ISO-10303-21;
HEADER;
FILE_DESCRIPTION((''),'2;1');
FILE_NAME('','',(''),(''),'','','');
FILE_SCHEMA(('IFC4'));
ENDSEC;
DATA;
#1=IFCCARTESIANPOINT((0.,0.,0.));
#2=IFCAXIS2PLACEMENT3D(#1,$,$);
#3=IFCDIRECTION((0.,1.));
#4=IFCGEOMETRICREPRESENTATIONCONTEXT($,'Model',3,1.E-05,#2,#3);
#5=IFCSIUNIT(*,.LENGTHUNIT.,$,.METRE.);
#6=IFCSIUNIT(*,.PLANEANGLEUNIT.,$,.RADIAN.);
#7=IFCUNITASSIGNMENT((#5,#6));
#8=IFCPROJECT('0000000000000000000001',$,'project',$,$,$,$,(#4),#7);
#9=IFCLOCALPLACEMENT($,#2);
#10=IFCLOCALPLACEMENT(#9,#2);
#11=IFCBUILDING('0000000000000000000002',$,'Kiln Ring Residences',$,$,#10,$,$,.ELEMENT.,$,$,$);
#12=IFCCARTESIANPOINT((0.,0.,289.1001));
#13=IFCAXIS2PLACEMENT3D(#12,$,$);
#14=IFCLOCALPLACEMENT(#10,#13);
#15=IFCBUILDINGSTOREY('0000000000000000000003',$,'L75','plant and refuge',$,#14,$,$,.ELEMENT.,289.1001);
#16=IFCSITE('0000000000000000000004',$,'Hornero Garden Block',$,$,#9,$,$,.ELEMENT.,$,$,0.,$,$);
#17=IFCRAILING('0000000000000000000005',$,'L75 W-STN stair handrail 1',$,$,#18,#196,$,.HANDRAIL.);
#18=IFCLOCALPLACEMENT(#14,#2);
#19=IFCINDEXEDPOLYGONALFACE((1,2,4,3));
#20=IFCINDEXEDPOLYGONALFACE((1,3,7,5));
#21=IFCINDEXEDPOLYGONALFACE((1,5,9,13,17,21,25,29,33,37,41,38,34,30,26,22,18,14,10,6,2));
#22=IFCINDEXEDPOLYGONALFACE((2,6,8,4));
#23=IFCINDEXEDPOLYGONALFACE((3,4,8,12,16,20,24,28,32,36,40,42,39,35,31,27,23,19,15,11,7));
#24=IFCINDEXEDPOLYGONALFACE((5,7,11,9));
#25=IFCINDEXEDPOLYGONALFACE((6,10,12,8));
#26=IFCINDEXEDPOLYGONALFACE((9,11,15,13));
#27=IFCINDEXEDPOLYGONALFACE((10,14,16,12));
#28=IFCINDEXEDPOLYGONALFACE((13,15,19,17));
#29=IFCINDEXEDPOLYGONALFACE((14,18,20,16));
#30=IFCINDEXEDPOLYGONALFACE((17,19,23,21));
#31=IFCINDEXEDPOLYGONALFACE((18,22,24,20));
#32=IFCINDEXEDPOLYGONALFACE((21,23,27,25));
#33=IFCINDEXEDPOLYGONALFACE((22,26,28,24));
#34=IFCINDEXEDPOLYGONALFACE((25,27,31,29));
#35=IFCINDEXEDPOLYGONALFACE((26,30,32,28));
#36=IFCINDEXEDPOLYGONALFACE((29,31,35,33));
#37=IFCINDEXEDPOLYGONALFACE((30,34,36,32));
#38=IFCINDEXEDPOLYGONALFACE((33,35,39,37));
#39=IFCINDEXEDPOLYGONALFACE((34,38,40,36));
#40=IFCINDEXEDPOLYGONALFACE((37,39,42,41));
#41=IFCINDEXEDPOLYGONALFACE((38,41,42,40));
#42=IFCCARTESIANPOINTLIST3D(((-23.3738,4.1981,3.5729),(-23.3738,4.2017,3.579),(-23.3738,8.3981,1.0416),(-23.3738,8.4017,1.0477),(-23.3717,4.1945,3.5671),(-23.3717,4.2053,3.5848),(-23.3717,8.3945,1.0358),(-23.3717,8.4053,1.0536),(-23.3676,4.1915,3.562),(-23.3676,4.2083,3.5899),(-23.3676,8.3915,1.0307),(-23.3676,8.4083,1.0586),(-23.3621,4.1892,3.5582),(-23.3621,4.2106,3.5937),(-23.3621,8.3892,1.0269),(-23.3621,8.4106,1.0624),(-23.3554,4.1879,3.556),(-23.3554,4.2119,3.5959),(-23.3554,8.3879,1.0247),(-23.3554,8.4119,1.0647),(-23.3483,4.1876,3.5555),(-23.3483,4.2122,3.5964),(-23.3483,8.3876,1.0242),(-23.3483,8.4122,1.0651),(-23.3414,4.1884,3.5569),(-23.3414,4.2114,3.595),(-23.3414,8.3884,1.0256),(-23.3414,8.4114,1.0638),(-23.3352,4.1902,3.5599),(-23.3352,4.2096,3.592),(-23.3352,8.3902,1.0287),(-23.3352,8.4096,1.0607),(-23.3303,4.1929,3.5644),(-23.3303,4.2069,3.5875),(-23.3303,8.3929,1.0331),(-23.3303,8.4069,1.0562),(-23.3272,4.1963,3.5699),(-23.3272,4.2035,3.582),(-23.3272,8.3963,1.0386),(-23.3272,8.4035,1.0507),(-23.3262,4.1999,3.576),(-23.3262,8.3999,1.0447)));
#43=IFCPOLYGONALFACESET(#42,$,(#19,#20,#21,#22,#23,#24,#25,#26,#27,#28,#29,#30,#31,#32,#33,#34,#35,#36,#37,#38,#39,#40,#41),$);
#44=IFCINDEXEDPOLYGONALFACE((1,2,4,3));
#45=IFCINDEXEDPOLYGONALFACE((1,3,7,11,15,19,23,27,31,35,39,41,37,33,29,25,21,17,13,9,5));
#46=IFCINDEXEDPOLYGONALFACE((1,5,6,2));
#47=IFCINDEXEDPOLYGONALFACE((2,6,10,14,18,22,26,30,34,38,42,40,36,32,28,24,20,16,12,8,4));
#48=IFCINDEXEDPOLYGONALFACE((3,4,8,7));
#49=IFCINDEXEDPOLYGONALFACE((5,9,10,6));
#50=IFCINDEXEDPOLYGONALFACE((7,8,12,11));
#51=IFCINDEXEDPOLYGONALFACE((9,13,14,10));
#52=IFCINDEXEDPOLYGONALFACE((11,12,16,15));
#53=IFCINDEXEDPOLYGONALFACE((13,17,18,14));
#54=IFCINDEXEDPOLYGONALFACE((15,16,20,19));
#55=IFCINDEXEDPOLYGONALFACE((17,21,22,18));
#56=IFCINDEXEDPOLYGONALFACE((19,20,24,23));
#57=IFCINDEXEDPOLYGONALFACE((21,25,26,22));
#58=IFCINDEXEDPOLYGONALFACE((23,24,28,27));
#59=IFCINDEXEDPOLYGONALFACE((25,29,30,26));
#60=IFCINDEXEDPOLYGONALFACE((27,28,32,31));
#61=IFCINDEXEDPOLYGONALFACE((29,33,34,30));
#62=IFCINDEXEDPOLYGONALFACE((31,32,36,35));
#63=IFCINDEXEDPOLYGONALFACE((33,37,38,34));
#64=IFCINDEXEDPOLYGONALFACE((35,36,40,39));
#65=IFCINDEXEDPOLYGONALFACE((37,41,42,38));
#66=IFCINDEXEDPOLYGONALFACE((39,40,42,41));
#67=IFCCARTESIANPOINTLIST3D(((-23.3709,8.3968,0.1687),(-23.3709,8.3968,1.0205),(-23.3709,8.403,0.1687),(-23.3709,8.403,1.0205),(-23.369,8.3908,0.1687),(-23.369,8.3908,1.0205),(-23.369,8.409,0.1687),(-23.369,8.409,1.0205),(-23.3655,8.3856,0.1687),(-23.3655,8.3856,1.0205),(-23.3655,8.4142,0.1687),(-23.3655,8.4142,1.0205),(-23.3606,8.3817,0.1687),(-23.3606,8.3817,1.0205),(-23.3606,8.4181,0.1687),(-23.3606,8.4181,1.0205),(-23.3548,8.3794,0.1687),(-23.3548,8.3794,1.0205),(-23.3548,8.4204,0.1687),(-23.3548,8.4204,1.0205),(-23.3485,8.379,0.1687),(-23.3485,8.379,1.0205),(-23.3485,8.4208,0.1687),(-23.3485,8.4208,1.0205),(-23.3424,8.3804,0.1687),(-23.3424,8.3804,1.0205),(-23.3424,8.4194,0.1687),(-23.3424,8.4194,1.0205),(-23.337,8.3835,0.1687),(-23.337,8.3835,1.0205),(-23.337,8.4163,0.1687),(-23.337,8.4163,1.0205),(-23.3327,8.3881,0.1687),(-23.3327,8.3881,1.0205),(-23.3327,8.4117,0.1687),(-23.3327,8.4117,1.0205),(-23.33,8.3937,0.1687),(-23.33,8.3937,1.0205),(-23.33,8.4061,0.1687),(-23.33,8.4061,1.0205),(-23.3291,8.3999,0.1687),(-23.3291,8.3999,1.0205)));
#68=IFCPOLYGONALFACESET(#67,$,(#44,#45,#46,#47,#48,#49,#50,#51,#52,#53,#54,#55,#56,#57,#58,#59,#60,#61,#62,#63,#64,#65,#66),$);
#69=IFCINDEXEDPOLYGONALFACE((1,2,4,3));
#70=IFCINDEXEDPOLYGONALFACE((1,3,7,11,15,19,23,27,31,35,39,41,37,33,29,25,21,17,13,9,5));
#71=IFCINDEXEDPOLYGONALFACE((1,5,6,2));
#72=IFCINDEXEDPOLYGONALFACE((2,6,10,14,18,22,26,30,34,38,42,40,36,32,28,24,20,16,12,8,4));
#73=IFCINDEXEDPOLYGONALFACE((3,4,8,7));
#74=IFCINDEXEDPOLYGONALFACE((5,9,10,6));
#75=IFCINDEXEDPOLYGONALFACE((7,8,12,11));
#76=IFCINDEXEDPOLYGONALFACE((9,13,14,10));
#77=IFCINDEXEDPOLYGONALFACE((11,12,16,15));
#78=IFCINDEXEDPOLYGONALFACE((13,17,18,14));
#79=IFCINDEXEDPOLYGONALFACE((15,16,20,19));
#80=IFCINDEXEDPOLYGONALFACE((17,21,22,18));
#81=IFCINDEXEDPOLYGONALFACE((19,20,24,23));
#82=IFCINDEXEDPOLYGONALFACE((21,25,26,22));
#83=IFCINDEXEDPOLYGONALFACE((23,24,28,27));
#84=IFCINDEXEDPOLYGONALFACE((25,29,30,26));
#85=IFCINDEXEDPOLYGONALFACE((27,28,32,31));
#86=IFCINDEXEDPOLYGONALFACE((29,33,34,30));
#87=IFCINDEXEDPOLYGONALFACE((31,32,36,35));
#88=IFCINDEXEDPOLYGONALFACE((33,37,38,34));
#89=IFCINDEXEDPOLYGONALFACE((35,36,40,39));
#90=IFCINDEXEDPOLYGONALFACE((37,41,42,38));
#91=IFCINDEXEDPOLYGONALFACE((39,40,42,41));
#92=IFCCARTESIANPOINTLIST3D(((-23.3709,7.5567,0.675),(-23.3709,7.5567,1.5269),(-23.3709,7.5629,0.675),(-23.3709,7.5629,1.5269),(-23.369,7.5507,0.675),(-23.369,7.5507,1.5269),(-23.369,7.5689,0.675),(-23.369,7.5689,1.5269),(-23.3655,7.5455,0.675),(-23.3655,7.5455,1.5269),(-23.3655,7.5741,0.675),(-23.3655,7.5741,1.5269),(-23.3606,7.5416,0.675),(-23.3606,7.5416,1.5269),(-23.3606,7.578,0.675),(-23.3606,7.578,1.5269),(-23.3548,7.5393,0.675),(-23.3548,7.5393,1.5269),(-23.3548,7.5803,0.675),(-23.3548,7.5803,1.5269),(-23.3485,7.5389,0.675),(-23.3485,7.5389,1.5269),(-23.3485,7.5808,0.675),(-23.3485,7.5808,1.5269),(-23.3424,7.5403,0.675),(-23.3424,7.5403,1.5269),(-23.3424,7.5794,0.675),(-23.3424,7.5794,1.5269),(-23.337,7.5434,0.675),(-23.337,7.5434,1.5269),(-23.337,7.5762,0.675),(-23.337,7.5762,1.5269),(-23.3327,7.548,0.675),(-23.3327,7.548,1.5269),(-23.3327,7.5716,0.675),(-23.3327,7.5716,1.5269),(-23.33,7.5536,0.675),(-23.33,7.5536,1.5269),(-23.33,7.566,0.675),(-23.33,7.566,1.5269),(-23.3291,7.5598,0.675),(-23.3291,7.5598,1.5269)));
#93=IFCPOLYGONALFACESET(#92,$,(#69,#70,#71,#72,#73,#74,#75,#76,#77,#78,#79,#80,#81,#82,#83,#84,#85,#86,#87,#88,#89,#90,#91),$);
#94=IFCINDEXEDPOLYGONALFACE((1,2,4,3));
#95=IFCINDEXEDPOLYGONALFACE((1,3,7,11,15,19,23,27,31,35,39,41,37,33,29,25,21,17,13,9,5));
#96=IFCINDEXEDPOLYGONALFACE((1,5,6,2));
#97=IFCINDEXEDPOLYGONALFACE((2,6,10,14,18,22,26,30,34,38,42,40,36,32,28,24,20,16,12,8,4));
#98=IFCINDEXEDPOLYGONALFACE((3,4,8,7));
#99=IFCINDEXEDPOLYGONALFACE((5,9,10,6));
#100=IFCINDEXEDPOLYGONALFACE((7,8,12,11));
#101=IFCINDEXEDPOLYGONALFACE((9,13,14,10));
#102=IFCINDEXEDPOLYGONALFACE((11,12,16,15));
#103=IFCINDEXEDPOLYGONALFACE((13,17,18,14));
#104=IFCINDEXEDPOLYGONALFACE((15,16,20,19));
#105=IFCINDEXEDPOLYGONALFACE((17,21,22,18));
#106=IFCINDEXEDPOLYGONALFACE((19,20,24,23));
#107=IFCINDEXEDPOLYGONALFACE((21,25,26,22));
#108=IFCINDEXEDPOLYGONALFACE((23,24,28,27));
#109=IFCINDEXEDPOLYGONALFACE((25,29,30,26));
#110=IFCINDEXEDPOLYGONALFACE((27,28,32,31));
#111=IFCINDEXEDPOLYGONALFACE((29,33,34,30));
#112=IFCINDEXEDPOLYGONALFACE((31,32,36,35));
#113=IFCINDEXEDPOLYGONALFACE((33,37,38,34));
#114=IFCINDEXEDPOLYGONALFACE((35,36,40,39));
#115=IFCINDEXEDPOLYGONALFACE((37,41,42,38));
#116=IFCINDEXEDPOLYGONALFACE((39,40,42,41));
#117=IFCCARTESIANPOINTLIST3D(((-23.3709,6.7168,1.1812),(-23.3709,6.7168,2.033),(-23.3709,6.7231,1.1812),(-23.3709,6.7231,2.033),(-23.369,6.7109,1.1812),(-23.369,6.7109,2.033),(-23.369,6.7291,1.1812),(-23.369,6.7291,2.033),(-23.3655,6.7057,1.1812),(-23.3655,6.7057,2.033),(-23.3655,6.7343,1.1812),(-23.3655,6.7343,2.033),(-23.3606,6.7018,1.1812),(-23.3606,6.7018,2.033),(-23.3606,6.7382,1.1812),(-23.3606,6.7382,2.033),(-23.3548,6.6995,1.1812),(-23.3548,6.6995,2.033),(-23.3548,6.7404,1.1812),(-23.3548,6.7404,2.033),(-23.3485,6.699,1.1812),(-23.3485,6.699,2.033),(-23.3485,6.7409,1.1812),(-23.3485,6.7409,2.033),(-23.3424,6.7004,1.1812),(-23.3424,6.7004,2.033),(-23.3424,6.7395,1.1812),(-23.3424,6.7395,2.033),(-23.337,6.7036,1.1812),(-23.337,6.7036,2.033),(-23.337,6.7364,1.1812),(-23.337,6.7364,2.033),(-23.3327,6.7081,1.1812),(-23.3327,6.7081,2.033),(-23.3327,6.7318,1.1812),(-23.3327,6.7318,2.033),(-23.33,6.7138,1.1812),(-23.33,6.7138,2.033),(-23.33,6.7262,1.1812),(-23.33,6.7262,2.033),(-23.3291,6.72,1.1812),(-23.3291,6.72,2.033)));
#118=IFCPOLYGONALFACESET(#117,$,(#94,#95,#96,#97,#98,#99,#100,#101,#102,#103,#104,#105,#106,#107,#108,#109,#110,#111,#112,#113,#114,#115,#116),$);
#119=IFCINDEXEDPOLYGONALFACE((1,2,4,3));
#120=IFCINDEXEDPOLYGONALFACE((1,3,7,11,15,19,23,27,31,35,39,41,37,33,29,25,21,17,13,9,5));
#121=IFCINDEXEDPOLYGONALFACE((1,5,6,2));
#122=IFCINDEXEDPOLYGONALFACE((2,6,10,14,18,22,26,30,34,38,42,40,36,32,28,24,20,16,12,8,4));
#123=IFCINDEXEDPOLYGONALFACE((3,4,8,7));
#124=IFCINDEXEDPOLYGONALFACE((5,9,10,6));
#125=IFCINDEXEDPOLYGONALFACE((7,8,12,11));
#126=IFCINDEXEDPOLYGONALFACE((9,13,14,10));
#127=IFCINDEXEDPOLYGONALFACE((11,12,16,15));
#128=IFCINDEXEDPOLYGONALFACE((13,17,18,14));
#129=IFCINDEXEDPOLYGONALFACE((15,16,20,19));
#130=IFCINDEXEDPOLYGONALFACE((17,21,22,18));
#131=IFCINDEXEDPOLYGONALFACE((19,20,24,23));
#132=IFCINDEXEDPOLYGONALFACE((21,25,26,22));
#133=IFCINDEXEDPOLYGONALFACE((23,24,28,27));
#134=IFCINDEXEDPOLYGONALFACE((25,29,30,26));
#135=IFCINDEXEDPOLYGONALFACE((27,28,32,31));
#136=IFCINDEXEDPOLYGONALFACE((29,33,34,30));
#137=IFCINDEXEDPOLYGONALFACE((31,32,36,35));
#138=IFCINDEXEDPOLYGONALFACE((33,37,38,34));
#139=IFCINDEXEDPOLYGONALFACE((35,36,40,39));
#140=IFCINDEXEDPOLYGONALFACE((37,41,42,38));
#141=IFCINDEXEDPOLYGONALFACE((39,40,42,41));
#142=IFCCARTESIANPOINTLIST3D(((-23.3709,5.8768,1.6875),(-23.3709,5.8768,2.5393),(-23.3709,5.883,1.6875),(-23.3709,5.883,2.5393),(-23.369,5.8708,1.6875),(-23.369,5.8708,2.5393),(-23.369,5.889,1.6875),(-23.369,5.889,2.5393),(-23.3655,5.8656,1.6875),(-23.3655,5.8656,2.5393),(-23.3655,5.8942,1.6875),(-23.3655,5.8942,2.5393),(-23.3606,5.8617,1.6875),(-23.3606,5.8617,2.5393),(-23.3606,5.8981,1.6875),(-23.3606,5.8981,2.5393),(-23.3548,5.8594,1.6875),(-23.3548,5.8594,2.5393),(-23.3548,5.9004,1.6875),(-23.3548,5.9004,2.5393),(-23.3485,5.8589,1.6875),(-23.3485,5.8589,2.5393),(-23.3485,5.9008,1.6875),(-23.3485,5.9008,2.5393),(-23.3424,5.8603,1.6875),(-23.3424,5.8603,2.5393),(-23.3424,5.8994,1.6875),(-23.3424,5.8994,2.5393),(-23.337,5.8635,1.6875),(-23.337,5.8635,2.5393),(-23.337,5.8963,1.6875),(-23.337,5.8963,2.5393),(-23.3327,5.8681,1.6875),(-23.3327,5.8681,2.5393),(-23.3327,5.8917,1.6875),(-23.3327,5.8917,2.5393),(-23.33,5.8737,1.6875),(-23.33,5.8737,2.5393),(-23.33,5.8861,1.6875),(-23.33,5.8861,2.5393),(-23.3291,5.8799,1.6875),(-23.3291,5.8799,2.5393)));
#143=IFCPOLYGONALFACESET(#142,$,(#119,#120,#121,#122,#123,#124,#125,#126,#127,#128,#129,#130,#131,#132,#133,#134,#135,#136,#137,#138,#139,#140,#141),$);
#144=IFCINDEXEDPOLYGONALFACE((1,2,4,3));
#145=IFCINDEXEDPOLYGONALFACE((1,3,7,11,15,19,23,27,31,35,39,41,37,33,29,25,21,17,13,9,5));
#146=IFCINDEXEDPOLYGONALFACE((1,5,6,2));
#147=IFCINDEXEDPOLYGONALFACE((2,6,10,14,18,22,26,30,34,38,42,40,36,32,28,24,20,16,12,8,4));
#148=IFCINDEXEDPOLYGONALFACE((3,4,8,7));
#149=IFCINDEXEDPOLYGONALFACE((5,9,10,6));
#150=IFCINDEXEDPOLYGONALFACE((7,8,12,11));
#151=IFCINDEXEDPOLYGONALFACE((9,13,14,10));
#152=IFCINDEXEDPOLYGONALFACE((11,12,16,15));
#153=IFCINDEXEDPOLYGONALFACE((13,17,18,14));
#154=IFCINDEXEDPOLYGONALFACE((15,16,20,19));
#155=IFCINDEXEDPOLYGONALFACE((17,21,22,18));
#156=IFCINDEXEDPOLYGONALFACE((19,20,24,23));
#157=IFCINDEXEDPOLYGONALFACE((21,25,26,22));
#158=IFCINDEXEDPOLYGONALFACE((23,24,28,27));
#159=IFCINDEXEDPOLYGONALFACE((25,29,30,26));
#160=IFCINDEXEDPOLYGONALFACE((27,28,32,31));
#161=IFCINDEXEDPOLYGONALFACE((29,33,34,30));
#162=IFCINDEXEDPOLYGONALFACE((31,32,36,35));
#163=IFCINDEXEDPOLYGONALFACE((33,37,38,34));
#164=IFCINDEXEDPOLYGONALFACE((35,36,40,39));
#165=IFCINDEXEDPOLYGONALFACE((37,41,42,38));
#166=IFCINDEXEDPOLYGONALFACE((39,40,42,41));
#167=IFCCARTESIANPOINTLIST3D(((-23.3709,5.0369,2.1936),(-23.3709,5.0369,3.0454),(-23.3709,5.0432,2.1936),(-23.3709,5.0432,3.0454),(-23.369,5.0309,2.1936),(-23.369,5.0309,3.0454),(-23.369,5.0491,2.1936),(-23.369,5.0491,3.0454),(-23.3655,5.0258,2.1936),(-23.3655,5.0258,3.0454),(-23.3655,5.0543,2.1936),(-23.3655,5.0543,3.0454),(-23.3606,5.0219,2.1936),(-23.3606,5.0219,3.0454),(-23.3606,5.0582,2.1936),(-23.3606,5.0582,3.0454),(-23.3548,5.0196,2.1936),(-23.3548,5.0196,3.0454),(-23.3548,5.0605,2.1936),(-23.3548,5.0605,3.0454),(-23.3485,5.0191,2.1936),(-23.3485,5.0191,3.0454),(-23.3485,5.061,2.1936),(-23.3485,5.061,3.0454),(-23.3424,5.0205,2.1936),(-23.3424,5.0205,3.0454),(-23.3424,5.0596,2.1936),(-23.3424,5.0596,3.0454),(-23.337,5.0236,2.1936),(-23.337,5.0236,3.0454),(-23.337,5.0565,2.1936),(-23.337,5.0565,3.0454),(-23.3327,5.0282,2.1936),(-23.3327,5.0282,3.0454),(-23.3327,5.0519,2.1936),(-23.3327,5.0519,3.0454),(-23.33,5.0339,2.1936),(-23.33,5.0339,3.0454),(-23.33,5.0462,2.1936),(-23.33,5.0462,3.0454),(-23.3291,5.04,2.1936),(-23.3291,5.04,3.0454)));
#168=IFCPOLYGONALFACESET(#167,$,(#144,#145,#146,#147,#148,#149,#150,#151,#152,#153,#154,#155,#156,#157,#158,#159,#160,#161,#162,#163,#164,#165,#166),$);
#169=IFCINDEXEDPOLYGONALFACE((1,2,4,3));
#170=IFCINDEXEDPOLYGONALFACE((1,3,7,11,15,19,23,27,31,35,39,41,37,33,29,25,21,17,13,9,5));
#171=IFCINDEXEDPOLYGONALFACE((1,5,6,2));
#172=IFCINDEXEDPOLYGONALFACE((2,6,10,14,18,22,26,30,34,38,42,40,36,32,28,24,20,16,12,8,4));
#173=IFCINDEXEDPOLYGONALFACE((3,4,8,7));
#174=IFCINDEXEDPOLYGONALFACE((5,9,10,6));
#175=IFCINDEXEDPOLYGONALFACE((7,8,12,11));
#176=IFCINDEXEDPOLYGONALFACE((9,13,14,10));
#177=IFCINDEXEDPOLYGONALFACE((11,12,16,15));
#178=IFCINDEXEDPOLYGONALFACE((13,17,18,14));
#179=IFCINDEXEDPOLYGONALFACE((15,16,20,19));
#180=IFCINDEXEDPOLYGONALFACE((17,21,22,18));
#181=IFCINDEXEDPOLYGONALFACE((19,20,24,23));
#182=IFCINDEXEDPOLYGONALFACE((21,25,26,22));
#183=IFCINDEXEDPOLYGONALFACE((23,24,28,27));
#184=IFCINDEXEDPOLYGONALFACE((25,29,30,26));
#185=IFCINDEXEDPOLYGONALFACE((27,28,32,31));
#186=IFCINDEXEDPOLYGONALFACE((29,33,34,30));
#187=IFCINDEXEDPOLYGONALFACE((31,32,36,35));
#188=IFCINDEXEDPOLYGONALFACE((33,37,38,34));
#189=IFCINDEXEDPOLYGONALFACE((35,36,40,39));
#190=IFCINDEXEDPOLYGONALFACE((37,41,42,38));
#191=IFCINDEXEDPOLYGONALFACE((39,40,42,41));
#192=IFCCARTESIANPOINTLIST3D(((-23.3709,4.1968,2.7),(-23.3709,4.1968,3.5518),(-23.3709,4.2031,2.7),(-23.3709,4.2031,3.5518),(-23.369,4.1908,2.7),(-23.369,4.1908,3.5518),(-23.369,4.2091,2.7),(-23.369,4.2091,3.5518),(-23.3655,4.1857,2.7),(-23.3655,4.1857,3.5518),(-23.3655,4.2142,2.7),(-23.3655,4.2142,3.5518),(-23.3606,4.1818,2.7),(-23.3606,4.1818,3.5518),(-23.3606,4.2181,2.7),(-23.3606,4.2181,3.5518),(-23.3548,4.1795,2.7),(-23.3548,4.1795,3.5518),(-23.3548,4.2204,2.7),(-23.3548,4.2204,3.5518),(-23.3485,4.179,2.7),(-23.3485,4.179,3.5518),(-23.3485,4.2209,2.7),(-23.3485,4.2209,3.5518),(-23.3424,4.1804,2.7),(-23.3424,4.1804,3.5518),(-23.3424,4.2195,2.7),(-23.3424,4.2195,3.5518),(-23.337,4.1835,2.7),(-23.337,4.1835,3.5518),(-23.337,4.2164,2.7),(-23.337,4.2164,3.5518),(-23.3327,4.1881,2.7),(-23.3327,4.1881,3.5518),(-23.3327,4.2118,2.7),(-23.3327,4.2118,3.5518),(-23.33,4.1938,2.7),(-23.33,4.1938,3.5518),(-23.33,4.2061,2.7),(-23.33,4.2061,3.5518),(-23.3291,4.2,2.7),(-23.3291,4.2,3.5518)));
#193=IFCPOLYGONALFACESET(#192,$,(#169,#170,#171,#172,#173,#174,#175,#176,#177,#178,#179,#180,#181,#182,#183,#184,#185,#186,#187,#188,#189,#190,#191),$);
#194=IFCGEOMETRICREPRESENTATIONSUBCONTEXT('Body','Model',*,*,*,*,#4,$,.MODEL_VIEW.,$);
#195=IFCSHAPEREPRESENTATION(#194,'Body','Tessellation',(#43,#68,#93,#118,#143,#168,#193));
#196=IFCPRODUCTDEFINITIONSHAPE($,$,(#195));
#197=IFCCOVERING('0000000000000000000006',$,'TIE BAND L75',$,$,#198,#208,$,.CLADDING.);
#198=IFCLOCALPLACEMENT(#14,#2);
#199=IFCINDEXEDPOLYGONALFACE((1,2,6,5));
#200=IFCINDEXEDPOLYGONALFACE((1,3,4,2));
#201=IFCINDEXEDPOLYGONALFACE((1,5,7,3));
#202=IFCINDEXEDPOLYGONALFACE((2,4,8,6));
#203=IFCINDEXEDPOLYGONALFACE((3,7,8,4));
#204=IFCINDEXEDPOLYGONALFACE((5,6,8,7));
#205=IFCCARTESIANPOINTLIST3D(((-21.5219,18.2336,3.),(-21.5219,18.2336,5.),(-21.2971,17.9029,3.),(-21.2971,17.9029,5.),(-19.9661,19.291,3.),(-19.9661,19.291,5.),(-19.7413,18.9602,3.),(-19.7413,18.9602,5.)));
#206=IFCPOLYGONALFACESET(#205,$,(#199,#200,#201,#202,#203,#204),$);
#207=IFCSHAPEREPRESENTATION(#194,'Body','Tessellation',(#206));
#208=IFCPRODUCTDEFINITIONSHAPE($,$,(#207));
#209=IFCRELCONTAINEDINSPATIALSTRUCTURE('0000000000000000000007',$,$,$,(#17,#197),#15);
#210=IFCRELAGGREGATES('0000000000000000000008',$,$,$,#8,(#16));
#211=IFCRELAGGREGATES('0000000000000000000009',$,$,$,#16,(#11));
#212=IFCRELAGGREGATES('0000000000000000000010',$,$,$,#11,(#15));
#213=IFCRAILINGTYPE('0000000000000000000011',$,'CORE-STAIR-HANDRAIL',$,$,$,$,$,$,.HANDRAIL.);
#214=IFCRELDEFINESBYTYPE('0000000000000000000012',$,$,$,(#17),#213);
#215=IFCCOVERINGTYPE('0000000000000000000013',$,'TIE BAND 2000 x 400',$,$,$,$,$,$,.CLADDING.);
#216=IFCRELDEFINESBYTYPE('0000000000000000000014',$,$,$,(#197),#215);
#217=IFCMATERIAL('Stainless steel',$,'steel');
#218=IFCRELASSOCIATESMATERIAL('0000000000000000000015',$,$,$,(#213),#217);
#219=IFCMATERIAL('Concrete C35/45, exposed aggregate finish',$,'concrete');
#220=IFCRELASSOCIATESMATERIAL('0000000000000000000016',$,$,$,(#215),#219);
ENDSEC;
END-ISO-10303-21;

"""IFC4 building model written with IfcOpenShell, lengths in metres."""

from ifc_helpers import new_model, si_unit, direction, frame, origin, origin_2d, place, context, subcontext, project, spatial, rectangle, circle, extrude, material, type_object, element, save


model = new_model("IFC4")

# Units and contexts
model_context = context("Model", 3, precision=1e-05, world=origin(), true_north=direction((0.0, 1.0)))
body_context = subcontext(model_context, "Body", "Model", "MODEL_VIEW")
ifc_project = project(units=[si_unit("LENGTHUNIT", "METRE"), si_unit("PLANEANGLEUNIT", "RADIAN")], contexts=[model_context])

# Site, building, storey
site_placement = place(None, origin())
site = spatial("IfcSite", under=ifc_project, at=site_placement, Name="Hornero Garden Block", CompositionType="ELEMENT", RefElevation=0.0)
building_placement = place(site_placement, origin())
building = spatial("IfcBuilding", under=site, at=building_placement, Name="Kiln Ring Residences", CompositionType="ELEMENT")
storey_placement = place(building_placement, frame((0.0, 0.0, 289.1001)))
storey = spatial("IfcBuildingStorey", under=building, at=storey_placement, Name="L75", Description="plant and refuge", CompositionType="ELEMENT", Elevation=289.1001)

# Railing
ifc_material_1 = material(Name="Stainless steel", Category="steel")
railing_type_1 = type_object("IfcRailingType", Name="CORE-STAIR-HANDRAIL", PredefinedType="HANDRAIL", material=ifc_material_1)
railing_1_placement = place(storey_placement, frame((-23.3501, 8.3999, 0.1687)))
element("IfcRailing", 1, at=railing_1_placement, inside=storey, type_object=railing_type_1, Name="L75 W-STN stair handrail 1", PredefinedType="HANDRAIL", context=body_context, shape_type="SweptSolid", body=[
    extrude(circle(Radius=0.0239, at=origin_2d()), frame((0.0, 0.0, 0.876), z_axis=(0.0, -0.856476, 0.516186), x_axis=(1.0, 0.0, 0.0)), (0.0, 0.0, 1.0), 4.9038),
    extrude(circle(Radius=0.021, at=origin_2d()), origin(), (0.0, 0.0, 1.0), 0.8518),
    extrude(circle(Radius=0.021, at=origin_2d()), frame((0.0, -0.8401, 0.5063)), (0.0, 0.0, 1.0), 0.8518),
    extrude(circle(Radius=0.021, at=origin_2d()), frame((0.0, -1.6799, 1.0125)), (0.0, 0.0, 1.0), 0.8518),
    extrude(circle(Radius=0.021, at=origin_2d()), frame((0.0, -2.52, 1.5188)), (0.0, 0.0, 1.0), 0.8518),
    extrude(circle(Radius=0.021, at=origin_2d()), frame((0.0, -3.3599, 2.0249)), (0.0, 0.0, 1.0), 0.8518),
    extrude(circle(Radius=0.021, at=origin_2d()), frame((0.0, -4.2, 2.5312)), (0.0, 0.0, 1.0), 0.8518),
])

# Covering
ifc_material_2 = material(Name="Concrete C35/45, exposed aggregate finish", Category="concrete")
covering_type = type_object("IfcCoveringType", Name="TIE BAND 2000 x 400", PredefinedType="CLADDING", material=ifc_material_2)
covering_1_placement = place(storey_placement, frame((-20.6316, 18.5969, 3.0), z_axis=(0.0, 0.0, 1.0), x_axis=(-0.827072, -0.562097, 0.0)))
element("IfcCovering", 2, at=covering_1_placement, inside=storey, type_object=covering_type, Name="TIE BAND L75", PredefinedType="CLADDING", context=body_context, shape_type="SweptSolid", body=[
    extrude(rectangle(XDim=1.8811, YDim=0.3999, at=origin_2d()), origin(), (0.0, 0.0, 1.0), 2.0),
])

save(model, "model.ifc")
